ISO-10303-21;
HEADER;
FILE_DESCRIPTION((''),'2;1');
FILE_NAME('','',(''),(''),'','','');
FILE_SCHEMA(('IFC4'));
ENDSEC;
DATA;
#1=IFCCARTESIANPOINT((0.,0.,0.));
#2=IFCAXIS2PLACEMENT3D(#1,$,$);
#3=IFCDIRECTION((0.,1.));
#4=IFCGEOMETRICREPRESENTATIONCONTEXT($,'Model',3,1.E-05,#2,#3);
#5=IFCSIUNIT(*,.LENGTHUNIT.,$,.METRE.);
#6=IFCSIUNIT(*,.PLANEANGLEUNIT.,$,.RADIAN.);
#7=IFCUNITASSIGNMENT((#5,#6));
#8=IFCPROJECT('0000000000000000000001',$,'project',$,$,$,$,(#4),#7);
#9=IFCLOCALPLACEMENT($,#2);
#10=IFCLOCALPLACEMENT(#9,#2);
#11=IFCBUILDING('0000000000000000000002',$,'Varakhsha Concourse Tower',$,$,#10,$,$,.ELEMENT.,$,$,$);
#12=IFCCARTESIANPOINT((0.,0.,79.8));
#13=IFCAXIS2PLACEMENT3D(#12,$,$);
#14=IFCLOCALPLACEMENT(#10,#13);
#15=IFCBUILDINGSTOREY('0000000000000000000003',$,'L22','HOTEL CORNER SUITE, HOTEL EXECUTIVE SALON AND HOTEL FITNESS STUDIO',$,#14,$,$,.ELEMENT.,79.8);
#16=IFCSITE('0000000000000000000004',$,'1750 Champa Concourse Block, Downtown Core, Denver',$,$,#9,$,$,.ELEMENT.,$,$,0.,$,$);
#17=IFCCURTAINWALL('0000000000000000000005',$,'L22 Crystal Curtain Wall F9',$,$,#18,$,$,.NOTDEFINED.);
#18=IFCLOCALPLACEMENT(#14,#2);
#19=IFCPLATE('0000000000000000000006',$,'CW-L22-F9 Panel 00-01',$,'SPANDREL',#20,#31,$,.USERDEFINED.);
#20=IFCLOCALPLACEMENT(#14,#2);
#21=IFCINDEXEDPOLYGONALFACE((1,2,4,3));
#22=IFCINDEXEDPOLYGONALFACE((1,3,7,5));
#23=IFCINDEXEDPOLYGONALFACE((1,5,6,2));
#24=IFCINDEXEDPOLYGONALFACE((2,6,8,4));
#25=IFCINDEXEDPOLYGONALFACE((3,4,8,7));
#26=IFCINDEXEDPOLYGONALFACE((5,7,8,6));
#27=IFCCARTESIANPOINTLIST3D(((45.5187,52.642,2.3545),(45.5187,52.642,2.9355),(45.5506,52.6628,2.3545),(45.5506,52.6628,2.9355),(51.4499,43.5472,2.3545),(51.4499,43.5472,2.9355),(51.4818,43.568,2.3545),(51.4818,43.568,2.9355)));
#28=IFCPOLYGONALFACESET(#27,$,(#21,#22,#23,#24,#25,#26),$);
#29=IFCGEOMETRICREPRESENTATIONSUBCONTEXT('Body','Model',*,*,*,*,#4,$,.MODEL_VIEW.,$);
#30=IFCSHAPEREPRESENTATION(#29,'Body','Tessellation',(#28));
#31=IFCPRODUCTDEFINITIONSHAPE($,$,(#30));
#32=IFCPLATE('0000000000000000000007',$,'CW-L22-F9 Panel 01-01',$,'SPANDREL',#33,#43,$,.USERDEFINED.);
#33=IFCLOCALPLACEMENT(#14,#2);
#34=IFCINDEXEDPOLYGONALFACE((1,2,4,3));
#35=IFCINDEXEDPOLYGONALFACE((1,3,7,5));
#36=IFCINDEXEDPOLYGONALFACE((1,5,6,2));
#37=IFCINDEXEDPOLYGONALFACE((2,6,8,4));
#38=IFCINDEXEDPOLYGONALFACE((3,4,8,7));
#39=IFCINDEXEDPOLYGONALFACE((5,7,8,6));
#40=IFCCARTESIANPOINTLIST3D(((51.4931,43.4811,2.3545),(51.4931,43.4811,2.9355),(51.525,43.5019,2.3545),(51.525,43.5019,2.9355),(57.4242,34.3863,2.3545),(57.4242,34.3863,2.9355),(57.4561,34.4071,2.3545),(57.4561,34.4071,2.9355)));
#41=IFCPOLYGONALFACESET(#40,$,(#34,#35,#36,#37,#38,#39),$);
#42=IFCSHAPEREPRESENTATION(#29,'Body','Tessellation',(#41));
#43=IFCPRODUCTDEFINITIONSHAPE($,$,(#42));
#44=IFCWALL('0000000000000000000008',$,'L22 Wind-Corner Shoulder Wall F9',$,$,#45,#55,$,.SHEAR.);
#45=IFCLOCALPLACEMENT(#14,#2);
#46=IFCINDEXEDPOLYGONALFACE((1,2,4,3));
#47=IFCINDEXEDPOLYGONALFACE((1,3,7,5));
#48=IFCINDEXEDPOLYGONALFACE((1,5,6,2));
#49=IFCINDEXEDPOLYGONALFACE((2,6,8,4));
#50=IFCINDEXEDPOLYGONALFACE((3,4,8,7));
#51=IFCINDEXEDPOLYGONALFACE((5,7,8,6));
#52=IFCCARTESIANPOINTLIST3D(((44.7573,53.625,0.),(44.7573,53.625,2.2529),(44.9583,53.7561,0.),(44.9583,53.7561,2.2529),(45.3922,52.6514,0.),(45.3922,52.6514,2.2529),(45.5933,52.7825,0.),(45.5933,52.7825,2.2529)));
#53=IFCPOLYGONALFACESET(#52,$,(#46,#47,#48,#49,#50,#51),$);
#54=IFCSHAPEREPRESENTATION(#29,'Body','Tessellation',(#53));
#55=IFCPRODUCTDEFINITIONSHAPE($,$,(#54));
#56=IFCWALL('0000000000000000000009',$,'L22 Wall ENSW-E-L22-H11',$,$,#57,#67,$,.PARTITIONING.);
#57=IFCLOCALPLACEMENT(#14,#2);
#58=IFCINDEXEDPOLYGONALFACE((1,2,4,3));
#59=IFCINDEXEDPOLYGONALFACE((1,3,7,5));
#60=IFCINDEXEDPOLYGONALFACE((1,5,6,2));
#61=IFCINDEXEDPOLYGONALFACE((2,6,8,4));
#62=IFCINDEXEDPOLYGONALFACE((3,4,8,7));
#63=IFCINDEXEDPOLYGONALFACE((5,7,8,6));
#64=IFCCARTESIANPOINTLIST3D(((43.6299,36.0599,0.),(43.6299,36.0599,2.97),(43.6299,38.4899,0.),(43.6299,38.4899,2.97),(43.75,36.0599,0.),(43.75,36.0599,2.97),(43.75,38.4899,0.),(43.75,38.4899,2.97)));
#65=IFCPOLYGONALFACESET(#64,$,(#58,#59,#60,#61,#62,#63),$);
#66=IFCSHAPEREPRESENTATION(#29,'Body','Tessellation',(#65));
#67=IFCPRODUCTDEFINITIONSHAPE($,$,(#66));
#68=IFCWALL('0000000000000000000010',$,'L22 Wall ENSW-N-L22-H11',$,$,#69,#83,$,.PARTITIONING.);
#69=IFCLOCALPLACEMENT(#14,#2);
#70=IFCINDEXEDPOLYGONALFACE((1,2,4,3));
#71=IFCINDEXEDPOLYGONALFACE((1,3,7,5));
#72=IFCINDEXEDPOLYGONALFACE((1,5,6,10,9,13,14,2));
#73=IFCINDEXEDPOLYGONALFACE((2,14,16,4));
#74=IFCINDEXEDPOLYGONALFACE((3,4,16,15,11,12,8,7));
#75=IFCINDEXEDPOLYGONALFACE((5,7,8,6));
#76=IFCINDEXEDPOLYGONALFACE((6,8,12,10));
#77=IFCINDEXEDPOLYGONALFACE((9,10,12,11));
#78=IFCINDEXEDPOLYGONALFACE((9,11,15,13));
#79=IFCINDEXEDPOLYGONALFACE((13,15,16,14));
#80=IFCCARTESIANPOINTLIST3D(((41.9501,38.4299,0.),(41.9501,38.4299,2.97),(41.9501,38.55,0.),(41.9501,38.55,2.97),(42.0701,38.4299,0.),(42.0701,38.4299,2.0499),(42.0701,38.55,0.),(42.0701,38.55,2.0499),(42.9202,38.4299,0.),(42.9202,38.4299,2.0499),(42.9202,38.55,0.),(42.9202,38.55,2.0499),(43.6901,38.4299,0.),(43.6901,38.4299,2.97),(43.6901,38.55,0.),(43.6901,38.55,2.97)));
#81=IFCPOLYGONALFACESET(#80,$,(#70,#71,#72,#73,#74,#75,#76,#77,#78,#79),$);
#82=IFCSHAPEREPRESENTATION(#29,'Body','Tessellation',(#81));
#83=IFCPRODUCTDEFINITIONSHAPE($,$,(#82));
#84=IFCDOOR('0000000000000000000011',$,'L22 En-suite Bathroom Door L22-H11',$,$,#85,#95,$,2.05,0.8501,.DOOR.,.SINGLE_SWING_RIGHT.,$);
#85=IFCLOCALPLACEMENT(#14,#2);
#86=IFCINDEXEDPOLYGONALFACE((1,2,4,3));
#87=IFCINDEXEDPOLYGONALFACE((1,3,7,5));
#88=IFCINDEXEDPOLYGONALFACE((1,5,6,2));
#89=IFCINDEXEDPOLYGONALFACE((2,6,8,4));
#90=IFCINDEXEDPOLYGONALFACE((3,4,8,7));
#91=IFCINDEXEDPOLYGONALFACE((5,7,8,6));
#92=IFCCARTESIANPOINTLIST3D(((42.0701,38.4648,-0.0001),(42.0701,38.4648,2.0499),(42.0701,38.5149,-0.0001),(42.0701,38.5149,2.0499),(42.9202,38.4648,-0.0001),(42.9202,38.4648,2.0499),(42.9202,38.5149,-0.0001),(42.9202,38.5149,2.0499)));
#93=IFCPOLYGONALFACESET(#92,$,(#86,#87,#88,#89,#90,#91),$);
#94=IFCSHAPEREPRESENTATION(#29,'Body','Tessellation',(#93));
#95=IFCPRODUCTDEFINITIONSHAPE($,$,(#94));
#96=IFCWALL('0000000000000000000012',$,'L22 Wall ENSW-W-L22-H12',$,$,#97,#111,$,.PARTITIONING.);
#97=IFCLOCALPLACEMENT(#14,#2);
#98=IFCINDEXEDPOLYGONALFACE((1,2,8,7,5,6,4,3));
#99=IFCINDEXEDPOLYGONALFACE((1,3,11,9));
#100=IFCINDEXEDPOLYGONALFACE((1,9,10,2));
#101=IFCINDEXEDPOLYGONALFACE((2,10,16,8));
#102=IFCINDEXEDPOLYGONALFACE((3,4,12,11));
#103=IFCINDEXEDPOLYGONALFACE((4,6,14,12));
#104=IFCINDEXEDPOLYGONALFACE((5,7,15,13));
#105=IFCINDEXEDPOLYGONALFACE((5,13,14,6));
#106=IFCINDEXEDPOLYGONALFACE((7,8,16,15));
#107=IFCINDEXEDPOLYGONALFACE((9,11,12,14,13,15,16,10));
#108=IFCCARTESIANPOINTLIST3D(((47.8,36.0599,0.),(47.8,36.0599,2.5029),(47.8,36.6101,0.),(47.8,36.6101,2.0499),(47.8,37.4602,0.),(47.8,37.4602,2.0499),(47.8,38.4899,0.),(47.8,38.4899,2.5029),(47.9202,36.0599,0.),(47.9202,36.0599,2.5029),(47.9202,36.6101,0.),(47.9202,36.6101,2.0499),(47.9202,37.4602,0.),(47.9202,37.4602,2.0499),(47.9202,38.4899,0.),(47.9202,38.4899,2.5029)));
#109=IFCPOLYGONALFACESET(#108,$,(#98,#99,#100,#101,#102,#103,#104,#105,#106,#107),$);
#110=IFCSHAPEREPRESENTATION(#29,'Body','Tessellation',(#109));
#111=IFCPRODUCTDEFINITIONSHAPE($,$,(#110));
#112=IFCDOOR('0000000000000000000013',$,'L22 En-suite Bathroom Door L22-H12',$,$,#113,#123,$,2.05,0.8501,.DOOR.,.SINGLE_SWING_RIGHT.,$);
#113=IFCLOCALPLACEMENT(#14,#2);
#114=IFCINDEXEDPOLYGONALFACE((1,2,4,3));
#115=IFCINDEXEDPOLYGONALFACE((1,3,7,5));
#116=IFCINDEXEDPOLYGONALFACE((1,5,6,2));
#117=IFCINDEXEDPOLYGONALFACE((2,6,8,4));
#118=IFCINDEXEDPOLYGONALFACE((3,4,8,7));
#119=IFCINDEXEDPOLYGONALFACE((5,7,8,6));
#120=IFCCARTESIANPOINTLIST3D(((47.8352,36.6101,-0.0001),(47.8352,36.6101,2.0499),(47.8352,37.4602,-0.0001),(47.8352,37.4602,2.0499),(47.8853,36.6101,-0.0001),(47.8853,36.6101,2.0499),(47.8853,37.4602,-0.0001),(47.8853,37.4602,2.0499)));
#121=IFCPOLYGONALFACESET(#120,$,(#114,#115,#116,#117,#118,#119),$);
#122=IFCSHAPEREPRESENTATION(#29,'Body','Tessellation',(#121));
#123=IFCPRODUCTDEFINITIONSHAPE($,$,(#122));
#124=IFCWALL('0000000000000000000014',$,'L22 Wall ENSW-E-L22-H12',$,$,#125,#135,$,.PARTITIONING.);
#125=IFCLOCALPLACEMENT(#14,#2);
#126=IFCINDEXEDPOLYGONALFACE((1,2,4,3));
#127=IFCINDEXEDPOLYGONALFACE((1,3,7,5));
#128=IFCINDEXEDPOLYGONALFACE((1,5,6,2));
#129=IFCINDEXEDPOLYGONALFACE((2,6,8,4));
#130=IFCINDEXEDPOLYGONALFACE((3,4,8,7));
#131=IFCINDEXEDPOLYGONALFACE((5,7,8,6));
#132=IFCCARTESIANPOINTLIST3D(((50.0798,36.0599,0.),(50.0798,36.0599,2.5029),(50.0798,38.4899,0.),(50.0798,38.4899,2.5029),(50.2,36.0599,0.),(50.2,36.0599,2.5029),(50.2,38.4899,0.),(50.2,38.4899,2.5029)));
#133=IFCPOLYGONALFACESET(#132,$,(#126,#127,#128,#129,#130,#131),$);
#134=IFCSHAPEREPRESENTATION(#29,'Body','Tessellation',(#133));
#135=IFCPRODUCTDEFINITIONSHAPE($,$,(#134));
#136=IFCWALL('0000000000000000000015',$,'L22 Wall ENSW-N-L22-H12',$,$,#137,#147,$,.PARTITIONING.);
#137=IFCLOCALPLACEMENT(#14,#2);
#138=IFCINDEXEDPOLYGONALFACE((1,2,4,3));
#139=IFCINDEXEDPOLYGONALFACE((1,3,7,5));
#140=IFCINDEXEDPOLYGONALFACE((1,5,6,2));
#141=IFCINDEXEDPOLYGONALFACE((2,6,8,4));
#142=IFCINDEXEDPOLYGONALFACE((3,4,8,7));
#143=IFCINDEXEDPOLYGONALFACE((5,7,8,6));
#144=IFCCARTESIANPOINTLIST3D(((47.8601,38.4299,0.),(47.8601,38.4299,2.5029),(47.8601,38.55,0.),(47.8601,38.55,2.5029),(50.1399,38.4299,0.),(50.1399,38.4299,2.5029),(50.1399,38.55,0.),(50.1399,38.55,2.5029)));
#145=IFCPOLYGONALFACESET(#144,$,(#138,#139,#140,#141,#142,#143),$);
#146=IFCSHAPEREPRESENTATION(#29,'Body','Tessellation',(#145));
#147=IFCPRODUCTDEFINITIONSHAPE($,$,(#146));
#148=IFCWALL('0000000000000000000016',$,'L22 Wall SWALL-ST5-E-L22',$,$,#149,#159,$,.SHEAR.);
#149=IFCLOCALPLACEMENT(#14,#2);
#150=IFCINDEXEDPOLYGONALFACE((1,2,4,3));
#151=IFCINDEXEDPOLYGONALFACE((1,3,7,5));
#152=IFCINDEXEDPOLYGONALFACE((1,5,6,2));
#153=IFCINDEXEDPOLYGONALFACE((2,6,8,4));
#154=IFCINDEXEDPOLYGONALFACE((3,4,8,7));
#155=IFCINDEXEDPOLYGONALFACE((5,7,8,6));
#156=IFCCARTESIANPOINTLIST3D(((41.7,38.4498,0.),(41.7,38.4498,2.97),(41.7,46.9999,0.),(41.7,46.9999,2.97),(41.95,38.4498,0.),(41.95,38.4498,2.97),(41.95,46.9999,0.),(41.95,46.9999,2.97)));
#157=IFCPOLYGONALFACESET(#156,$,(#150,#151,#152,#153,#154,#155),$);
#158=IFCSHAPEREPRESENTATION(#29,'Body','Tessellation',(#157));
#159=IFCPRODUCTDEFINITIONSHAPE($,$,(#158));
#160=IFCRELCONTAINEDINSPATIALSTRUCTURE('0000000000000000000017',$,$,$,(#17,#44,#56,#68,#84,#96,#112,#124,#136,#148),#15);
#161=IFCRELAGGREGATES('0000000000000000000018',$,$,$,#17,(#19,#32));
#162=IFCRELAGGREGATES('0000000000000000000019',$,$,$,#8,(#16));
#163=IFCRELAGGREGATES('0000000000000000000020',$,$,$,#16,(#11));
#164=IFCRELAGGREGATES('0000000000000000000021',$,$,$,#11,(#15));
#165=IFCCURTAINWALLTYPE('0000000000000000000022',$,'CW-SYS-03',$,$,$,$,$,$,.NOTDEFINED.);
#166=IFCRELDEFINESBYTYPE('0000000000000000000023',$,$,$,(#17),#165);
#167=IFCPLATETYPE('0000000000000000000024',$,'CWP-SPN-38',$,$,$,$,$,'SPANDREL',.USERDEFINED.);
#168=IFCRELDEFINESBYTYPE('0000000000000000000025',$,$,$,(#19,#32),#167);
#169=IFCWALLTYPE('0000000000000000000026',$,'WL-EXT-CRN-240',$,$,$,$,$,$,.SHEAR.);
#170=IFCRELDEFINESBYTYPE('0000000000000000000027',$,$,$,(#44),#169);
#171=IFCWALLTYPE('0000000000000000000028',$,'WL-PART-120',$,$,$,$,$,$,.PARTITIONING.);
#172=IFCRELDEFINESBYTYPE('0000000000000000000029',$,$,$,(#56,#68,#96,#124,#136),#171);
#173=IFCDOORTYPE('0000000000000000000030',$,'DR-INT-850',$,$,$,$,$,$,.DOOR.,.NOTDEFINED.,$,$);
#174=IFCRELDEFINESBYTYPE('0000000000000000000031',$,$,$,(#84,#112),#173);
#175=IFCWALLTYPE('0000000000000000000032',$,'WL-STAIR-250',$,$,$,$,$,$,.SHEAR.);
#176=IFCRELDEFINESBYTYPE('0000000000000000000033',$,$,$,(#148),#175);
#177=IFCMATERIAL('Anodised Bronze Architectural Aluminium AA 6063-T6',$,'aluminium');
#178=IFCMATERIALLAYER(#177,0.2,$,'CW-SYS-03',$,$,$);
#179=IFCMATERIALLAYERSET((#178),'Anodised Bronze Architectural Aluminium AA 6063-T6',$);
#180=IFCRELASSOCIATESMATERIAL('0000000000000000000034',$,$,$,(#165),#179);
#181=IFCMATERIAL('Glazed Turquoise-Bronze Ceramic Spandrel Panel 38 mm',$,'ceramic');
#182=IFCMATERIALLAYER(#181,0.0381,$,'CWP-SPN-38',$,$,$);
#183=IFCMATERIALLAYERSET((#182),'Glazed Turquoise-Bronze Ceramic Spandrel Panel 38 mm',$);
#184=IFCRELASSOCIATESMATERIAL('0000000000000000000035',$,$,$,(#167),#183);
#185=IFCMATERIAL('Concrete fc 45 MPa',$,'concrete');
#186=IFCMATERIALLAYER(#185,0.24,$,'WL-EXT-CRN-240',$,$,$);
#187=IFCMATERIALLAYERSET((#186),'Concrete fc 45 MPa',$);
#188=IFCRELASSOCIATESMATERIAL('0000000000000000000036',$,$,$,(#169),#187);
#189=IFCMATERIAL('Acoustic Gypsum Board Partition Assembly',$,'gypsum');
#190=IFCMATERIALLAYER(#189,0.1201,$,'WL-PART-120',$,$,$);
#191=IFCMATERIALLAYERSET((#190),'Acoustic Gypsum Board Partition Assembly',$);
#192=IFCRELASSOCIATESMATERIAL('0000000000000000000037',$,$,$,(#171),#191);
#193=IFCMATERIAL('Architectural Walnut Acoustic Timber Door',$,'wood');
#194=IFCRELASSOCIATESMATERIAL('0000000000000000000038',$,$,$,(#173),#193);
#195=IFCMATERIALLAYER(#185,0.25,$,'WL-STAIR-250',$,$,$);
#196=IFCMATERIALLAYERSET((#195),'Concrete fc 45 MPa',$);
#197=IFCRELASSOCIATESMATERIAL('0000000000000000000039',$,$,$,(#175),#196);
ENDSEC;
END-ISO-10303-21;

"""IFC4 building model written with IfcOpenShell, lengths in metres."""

from ifc_helpers import new_model, si_unit, direction, frame, frame_2d, origin, origin_2d, place, context, subcontext, project, spatial, rectangle, extrude, source, transform, mapped, material, layer, layer_set, type_object, type_shapes, element, fill, aggregate, save


model = new_model("IFC4")

# Units and contexts
model_context = context("Model", 3, precision=1e-05, world=origin(), true_north=direction((0.0, 1.0)))
body_context = subcontext(model_context, "Body", "Model", "MODEL_VIEW")
ifc_project = project(units=[si_unit("LENGTHUNIT", "METRE"), si_unit("PLANEANGLEUNIT", "RADIAN")], contexts=[model_context])

# Site, building, storey
site_placement = place(None, origin())
site = spatial("IfcSite", under=ifc_project, at=site_placement, Name="1750 Champa Concourse Block, Downtown Core, Denver", CompositionType="ELEMENT", RefElevation=0.0)
building_placement = place(site_placement, origin())
building = spatial("IfcBuilding", under=site, at=building_placement, Name="Varakhsha Concourse Tower", CompositionType="ELEMENT")
storey_placement = place(building_placement, frame((0.0, 0.0, 79.8)))
storey = spatial("IfcBuildingStorey", under=building, at=storey_placement, Name="L22", Description="HOTEL CORNER SUITE, HOTEL EXECUTIVE SALON AND HOTEL FITNESS STUDIO", CompositionType="ELEMENT", Elevation=79.8)

# Curtain wall
ifc_material_1 = material(Name="Anodised Bronze Architectural Aluminium AA 6063-T6", Category="aluminium")
ifc_layer_1 = layer(ifc_material_1, 0.2, Name="CW-SYS-03")
ifc_layer_set_1 = layer_set([ifc_layer_1], Name="Anodised Bronze Architectural Aluminium AA 6063-T6")
curtain_wall_type = type_object("IfcCurtainWallType", Name="CW-SYS-03", PredefinedType="NOTDEFINED", material=ifc_layer_set_1)
curtain_wall_placement = place(storey_placement, origin())
curtain_wall = element("IfcCurtainWall", 1, at=curtain_wall_placement, inside=storey, type_object=curtain_wall_type, Name="L22 Crystal Curtain Wall F9", PredefinedType="NOTDEFINED")

# Plates
ifc_material_2 = material(Name="Glazed Turquoise-Bronze Ceramic Spandrel Panel 38 mm", Category="ceramic")
ifc_layer_2 = layer(ifc_material_2, 0.0381, Name="CWP-SPN-38")
ifc_layer_set_2 = layer_set([ifc_layer_2], Name="Glazed Turquoise-Bronze Ceramic Spandrel Panel 38 mm")
plate_type_1 = type_object("IfcPlateType", Name="CWP-SPN-38", ElementType="SPANDREL", PredefinedType="USERDEFINED", material=ifc_layer_set_2)
shared_shape_1 = source(origin(), body_context, "Body", "SweptSolid", [
    extrude(rectangle(XDim=10.8579, YDim=0.0381, at=origin_2d()), origin(), (0.0, 0.0, 1.0), 0.5811),
])
type_shapes(plate_type_1, [shared_shape_1])
plate_1_placement = place(storey_placement, frame((48.5002, 48.105, 2.3545), z_axis=(0.0, 0.0, 1.0), x_axis=(0.54625, -0.837622, 0.0)))
plate_1 = element("IfcPlate", 2, at=plate_1_placement, type_object=plate_type_1, Name="CW-L22-F9 Panel 00-01", ObjectType="SPANDREL", PredefinedType="USERDEFINED", context=body_context, shape_type="MappedRepresentation", body=[
    mapped(shared_shape_1, transform((0.0, 0.0, 0.0), scale=1.0)),
])
plate_2_placement = place(storey_placement, frame((54.4746, 38.9441, 2.3545), z_axis=(0.0, 0.0, 1.0), x_axis=(0.54625, -0.837622, 0.0)))
plate_2 = element("IfcPlate", 3, at=plate_2_placement, type_object=plate_type_1, Name="CW-L22-F9 Panel 01-01", ObjectType="SPANDREL", PredefinedType="USERDEFINED", context=body_context, shape_type="MappedRepresentation", body=[
    mapped(shared_shape_1, transform((0.0, 0.0, 0.0), scale=1.0)),
])
aggregate(curtain_wall, [plate_1, plate_2])

# Walls
ifc_material_3 = material(Name="Concrete fc 45 MPa", Category="concrete")
ifc_layer_3 = layer(ifc_material_3, 0.24, Name="WL-EXT-CRN-240")
ifc_layer_set_3 = layer_set([ifc_layer_3], Name="Concrete fc 45 MPa")
wall_type_1 = type_object("IfcWallType", Name="WL-EXT-CRN-240", PredefinedType="SHEAR", material=ifc_layer_set_3)
wall_1_placement = place(storey_placement, frame((45.4927, 52.717, 0.0), z_axis=(0.0, 0.0, 1.0), x_axis=(-0.546287, 0.837598, 0.0)))
element("IfcWall", 4, at=wall_1_placement, inside=storey, type_object=wall_type_1, Name="L22 Wind-Corner Shoulder Wall F9", PredefinedType="SHEAR", context=body_context, shape_type="SweptSolid", body=[
    extrude(rectangle(XDim=1.1624, YDim=0.24, at=frame_2d((0.5811, 0.0))), origin(), (0.0, 0.0, 1.0), 2.2529),
])
ifc_material_4 = material(Name="Acoustic Gypsum Board Partition Assembly", Category="gypsum")
ifc_layer_4 = layer(ifc_material_4, 0.1201, Name="WL-PART-120")
ifc_layer_set_4 = layer_set([ifc_layer_4], Name="Acoustic Gypsum Board Partition Assembly")
wall_type_2 = type_object("IfcWallType", Name="WL-PART-120", PredefinedType="PARTITIONING", material=ifc_layer_set_4)
wall_2_placement = place(storey_placement, frame((43.6899, 36.0601, 0.0), z_axis=(0.0, 0.0, 1.0), x_axis=(0.0, 1.0, 0.0)))
element("IfcWall", 5, at=wall_2_placement, inside=storey, type_object=wall_type_2, Name="L22 Wall ENSW-E-L22-H11", PredefinedType="PARTITIONING", context=body_context, shape_type="SweptSolid", body=[
    extrude(rectangle(XDim=2.4299, YDim=0.1201, at=frame_2d((1.2148, 0.0))), origin(), (0.0, 0.0, 1.0), 2.97),
])

# Walls, openings, doors
wall_3_placement = place(storey_placement, frame((41.95, 38.49, 0.0), z_axis=(0.0, 0.0, 1.0), x_axis=(1.0, 0.0, 0.0)))
wall_3 = element("IfcWall", 6, at=wall_3_placement, inside=storey, type_object=wall_type_2, Name="L22 Wall ENSW-N-L22-H11", PredefinedType="PARTITIONING", context=body_context, shape_type="SweptSolid", body=[
    extrude(rectangle(XDim=1.74, YDim=0.1201, at=frame_2d((0.8701, 0.0))), origin(), (0.0, 0.0, 1.0), 2.97),
])
opening_1_placement = place(wall_3_placement, frame((0.1201, 0.0, 0.0)))
opening_1 = element("IfcOpeningElement", 7, at=opening_1_placement, cuts=wall_3, PredefinedType="OPENING", context=body_context, shape_type="SweptSolid", body=[
    extrude(rectangle(XDim=0.8501, YDim=2.05, at=frame_2d((0.425, 1.0249))), frame((0.0, 0.0701, 0.0), z_axis=(0.0, -1.0, 0.0), x_axis=(1.0, 0.0, 0.0)), (0.0, 0.0, 1.0), 0.1401),
])
ifc_material_5 = material(Name="Architectural Walnut Acoustic Timber Door", Category="wood")
door_type = type_object("IfcDoorType", Name="DR-INT-850", OperationType="NOTDEFINED", PredefinedType="DOOR", material=ifc_material_5)
door_1_placement = place(opening_1_placement, origin())
door_1 = element("IfcDoor", 8, at=door_1_placement, inside=storey, type_object=door_type, Name="L22 En-suite Bathroom Door L22-H11", OperationType="SINGLE_SWING_RIGHT", OverallHeight=2.05, OverallWidth=0.8501, PredefinedType="DOOR", context=body_context, shape_type="SweptSolid", body=[
    extrude(rectangle(XDim=0.8501, YDim=2.05, at=frame_2d((0.425, 1.0249))), frame((0.0, 0.0249, 0.0), z_axis=(0.0, -1.0, 0.0), x_axis=(1.0, 0.0, 0.0)), (0.0, 0.0, 1.0), 0.05),
])
fill(opening_1, door_1)
wall_4_placement = place(storey_placement, frame((47.8601, 36.0601, 0.0), z_axis=(0.0, 0.0, 1.0), x_axis=(0.0, 1.0, 0.0)))
wall_4 = element("IfcWall", 9, at=wall_4_placement, inside=storey, type_object=wall_type_2, Name="L22 Wall ENSW-W-L22-H12", PredefinedType="PARTITIONING", context=body_context, shape_type="SweptSolid", body=[
    extrude(rectangle(XDim=2.4299, YDim=0.1201, at=frame_2d((1.2148, 0.0))), origin(), (0.0, 0.0, 1.0), 2.5029),
])
opening_2_placement = place(wall_4_placement, frame((0.55, 0.0, 0.0)))
opening_2 = element("IfcOpeningElement", 10, at=opening_2_placement, cuts=wall_4, PredefinedType="OPENING", context=body_context, shape_type="SweptSolid", body=[
    extrude(rectangle(XDim=0.8501, YDim=2.05, at=frame_2d((0.425, 1.0249))), frame((0.0, 0.0701, 0.0), z_axis=(0.0, -1.0, 0.0), x_axis=(1.0, 0.0, 0.0)), (0.0, 0.0, 1.0), 0.1401),
])
door_2_placement = place(opening_2_placement, origin())
door_2 = element("IfcDoor", 11, at=door_2_placement, inside=storey, type_object=door_type, Name="L22 En-suite Bathroom Door L22-H12", OperationType="SINGLE_SWING_RIGHT", OverallHeight=2.05, OverallWidth=0.8501, PredefinedType="DOOR", context=body_context, shape_type="SweptSolid", body=[
    extrude(rectangle(XDim=0.8501, YDim=2.05, at=frame_2d((0.425, 1.0249))), frame((0.0, 0.0249, 0.0), z_axis=(0.0, -1.0, 0.0), x_axis=(1.0, 0.0, 0.0)), (0.0, 0.0, 1.0), 0.05),
])
fill(opening_2, door_2)

# Walls
wall_5_placement = place(storey_placement, frame((50.1399, 36.0601, 0.0), z_axis=(0.0, 0.0, 1.0), x_axis=(0.0, 1.0, 0.0)))
element("IfcWall", 12, at=wall_5_placement, inside=storey, type_object=wall_type_2, Name="L22 Wall ENSW-E-L22-H12", PredefinedType="PARTITIONING", context=body_context, shape_type="SweptSolid", body=[
    extrude(rectangle(XDim=2.4299, YDim=0.1201, at=frame_2d((1.2148, 0.0))), origin(), (0.0, 0.0, 1.0), 2.5029),
])
wall_6_placement = place(storey_placement, frame((47.8601, 38.49, 0.0), z_axis=(0.0, 0.0, 1.0), x_axis=(1.0, 0.0, 0.0)))
element("IfcWall", 13, at=wall_6_placement, inside=storey, type_object=wall_type_2, Name="L22 Wall ENSW-N-L22-H12", PredefinedType="PARTITIONING", context=body_context, shape_type="SweptSolid", body=[
    extrude(rectangle(XDim=2.2798, YDim=0.1201, at=frame_2d((1.1399, 0.0))), origin(), (0.0, 0.0, 1.0), 2.5029),
])
ifc_layer_5 = layer(ifc_material_3, 0.25, Name="WL-STAIR-250")
ifc_layer_set_5 = layer_set([ifc_layer_5], Name="Concrete fc 45 MPa")
wall_type_3 = type_object("IfcWallType", Name="WL-STAIR-250", PredefinedType="SHEAR", material=ifc_layer_set_5)
wall_7_placement = place(storey_placement, frame((41.825, 38.45, 0.0), z_axis=(0.0, 0.0, 1.0), x_axis=(0.0, 1.0, 0.0)))
element("IfcWall", 14, at=wall_7_placement, inside=storey, type_object=wall_type_3, Name="L22 Wall SWALL-ST5-E-L22", PredefinedType="SHEAR", context=body_context, shape_type="SweptSolid", body=[
    extrude(rectangle(XDim=8.55, YDim=0.25, at=frame_2d((4.2749, 0.0))), origin(), (0.0, 0.0, 1.0), 2.97),
])

save(model, "model.ifc")
